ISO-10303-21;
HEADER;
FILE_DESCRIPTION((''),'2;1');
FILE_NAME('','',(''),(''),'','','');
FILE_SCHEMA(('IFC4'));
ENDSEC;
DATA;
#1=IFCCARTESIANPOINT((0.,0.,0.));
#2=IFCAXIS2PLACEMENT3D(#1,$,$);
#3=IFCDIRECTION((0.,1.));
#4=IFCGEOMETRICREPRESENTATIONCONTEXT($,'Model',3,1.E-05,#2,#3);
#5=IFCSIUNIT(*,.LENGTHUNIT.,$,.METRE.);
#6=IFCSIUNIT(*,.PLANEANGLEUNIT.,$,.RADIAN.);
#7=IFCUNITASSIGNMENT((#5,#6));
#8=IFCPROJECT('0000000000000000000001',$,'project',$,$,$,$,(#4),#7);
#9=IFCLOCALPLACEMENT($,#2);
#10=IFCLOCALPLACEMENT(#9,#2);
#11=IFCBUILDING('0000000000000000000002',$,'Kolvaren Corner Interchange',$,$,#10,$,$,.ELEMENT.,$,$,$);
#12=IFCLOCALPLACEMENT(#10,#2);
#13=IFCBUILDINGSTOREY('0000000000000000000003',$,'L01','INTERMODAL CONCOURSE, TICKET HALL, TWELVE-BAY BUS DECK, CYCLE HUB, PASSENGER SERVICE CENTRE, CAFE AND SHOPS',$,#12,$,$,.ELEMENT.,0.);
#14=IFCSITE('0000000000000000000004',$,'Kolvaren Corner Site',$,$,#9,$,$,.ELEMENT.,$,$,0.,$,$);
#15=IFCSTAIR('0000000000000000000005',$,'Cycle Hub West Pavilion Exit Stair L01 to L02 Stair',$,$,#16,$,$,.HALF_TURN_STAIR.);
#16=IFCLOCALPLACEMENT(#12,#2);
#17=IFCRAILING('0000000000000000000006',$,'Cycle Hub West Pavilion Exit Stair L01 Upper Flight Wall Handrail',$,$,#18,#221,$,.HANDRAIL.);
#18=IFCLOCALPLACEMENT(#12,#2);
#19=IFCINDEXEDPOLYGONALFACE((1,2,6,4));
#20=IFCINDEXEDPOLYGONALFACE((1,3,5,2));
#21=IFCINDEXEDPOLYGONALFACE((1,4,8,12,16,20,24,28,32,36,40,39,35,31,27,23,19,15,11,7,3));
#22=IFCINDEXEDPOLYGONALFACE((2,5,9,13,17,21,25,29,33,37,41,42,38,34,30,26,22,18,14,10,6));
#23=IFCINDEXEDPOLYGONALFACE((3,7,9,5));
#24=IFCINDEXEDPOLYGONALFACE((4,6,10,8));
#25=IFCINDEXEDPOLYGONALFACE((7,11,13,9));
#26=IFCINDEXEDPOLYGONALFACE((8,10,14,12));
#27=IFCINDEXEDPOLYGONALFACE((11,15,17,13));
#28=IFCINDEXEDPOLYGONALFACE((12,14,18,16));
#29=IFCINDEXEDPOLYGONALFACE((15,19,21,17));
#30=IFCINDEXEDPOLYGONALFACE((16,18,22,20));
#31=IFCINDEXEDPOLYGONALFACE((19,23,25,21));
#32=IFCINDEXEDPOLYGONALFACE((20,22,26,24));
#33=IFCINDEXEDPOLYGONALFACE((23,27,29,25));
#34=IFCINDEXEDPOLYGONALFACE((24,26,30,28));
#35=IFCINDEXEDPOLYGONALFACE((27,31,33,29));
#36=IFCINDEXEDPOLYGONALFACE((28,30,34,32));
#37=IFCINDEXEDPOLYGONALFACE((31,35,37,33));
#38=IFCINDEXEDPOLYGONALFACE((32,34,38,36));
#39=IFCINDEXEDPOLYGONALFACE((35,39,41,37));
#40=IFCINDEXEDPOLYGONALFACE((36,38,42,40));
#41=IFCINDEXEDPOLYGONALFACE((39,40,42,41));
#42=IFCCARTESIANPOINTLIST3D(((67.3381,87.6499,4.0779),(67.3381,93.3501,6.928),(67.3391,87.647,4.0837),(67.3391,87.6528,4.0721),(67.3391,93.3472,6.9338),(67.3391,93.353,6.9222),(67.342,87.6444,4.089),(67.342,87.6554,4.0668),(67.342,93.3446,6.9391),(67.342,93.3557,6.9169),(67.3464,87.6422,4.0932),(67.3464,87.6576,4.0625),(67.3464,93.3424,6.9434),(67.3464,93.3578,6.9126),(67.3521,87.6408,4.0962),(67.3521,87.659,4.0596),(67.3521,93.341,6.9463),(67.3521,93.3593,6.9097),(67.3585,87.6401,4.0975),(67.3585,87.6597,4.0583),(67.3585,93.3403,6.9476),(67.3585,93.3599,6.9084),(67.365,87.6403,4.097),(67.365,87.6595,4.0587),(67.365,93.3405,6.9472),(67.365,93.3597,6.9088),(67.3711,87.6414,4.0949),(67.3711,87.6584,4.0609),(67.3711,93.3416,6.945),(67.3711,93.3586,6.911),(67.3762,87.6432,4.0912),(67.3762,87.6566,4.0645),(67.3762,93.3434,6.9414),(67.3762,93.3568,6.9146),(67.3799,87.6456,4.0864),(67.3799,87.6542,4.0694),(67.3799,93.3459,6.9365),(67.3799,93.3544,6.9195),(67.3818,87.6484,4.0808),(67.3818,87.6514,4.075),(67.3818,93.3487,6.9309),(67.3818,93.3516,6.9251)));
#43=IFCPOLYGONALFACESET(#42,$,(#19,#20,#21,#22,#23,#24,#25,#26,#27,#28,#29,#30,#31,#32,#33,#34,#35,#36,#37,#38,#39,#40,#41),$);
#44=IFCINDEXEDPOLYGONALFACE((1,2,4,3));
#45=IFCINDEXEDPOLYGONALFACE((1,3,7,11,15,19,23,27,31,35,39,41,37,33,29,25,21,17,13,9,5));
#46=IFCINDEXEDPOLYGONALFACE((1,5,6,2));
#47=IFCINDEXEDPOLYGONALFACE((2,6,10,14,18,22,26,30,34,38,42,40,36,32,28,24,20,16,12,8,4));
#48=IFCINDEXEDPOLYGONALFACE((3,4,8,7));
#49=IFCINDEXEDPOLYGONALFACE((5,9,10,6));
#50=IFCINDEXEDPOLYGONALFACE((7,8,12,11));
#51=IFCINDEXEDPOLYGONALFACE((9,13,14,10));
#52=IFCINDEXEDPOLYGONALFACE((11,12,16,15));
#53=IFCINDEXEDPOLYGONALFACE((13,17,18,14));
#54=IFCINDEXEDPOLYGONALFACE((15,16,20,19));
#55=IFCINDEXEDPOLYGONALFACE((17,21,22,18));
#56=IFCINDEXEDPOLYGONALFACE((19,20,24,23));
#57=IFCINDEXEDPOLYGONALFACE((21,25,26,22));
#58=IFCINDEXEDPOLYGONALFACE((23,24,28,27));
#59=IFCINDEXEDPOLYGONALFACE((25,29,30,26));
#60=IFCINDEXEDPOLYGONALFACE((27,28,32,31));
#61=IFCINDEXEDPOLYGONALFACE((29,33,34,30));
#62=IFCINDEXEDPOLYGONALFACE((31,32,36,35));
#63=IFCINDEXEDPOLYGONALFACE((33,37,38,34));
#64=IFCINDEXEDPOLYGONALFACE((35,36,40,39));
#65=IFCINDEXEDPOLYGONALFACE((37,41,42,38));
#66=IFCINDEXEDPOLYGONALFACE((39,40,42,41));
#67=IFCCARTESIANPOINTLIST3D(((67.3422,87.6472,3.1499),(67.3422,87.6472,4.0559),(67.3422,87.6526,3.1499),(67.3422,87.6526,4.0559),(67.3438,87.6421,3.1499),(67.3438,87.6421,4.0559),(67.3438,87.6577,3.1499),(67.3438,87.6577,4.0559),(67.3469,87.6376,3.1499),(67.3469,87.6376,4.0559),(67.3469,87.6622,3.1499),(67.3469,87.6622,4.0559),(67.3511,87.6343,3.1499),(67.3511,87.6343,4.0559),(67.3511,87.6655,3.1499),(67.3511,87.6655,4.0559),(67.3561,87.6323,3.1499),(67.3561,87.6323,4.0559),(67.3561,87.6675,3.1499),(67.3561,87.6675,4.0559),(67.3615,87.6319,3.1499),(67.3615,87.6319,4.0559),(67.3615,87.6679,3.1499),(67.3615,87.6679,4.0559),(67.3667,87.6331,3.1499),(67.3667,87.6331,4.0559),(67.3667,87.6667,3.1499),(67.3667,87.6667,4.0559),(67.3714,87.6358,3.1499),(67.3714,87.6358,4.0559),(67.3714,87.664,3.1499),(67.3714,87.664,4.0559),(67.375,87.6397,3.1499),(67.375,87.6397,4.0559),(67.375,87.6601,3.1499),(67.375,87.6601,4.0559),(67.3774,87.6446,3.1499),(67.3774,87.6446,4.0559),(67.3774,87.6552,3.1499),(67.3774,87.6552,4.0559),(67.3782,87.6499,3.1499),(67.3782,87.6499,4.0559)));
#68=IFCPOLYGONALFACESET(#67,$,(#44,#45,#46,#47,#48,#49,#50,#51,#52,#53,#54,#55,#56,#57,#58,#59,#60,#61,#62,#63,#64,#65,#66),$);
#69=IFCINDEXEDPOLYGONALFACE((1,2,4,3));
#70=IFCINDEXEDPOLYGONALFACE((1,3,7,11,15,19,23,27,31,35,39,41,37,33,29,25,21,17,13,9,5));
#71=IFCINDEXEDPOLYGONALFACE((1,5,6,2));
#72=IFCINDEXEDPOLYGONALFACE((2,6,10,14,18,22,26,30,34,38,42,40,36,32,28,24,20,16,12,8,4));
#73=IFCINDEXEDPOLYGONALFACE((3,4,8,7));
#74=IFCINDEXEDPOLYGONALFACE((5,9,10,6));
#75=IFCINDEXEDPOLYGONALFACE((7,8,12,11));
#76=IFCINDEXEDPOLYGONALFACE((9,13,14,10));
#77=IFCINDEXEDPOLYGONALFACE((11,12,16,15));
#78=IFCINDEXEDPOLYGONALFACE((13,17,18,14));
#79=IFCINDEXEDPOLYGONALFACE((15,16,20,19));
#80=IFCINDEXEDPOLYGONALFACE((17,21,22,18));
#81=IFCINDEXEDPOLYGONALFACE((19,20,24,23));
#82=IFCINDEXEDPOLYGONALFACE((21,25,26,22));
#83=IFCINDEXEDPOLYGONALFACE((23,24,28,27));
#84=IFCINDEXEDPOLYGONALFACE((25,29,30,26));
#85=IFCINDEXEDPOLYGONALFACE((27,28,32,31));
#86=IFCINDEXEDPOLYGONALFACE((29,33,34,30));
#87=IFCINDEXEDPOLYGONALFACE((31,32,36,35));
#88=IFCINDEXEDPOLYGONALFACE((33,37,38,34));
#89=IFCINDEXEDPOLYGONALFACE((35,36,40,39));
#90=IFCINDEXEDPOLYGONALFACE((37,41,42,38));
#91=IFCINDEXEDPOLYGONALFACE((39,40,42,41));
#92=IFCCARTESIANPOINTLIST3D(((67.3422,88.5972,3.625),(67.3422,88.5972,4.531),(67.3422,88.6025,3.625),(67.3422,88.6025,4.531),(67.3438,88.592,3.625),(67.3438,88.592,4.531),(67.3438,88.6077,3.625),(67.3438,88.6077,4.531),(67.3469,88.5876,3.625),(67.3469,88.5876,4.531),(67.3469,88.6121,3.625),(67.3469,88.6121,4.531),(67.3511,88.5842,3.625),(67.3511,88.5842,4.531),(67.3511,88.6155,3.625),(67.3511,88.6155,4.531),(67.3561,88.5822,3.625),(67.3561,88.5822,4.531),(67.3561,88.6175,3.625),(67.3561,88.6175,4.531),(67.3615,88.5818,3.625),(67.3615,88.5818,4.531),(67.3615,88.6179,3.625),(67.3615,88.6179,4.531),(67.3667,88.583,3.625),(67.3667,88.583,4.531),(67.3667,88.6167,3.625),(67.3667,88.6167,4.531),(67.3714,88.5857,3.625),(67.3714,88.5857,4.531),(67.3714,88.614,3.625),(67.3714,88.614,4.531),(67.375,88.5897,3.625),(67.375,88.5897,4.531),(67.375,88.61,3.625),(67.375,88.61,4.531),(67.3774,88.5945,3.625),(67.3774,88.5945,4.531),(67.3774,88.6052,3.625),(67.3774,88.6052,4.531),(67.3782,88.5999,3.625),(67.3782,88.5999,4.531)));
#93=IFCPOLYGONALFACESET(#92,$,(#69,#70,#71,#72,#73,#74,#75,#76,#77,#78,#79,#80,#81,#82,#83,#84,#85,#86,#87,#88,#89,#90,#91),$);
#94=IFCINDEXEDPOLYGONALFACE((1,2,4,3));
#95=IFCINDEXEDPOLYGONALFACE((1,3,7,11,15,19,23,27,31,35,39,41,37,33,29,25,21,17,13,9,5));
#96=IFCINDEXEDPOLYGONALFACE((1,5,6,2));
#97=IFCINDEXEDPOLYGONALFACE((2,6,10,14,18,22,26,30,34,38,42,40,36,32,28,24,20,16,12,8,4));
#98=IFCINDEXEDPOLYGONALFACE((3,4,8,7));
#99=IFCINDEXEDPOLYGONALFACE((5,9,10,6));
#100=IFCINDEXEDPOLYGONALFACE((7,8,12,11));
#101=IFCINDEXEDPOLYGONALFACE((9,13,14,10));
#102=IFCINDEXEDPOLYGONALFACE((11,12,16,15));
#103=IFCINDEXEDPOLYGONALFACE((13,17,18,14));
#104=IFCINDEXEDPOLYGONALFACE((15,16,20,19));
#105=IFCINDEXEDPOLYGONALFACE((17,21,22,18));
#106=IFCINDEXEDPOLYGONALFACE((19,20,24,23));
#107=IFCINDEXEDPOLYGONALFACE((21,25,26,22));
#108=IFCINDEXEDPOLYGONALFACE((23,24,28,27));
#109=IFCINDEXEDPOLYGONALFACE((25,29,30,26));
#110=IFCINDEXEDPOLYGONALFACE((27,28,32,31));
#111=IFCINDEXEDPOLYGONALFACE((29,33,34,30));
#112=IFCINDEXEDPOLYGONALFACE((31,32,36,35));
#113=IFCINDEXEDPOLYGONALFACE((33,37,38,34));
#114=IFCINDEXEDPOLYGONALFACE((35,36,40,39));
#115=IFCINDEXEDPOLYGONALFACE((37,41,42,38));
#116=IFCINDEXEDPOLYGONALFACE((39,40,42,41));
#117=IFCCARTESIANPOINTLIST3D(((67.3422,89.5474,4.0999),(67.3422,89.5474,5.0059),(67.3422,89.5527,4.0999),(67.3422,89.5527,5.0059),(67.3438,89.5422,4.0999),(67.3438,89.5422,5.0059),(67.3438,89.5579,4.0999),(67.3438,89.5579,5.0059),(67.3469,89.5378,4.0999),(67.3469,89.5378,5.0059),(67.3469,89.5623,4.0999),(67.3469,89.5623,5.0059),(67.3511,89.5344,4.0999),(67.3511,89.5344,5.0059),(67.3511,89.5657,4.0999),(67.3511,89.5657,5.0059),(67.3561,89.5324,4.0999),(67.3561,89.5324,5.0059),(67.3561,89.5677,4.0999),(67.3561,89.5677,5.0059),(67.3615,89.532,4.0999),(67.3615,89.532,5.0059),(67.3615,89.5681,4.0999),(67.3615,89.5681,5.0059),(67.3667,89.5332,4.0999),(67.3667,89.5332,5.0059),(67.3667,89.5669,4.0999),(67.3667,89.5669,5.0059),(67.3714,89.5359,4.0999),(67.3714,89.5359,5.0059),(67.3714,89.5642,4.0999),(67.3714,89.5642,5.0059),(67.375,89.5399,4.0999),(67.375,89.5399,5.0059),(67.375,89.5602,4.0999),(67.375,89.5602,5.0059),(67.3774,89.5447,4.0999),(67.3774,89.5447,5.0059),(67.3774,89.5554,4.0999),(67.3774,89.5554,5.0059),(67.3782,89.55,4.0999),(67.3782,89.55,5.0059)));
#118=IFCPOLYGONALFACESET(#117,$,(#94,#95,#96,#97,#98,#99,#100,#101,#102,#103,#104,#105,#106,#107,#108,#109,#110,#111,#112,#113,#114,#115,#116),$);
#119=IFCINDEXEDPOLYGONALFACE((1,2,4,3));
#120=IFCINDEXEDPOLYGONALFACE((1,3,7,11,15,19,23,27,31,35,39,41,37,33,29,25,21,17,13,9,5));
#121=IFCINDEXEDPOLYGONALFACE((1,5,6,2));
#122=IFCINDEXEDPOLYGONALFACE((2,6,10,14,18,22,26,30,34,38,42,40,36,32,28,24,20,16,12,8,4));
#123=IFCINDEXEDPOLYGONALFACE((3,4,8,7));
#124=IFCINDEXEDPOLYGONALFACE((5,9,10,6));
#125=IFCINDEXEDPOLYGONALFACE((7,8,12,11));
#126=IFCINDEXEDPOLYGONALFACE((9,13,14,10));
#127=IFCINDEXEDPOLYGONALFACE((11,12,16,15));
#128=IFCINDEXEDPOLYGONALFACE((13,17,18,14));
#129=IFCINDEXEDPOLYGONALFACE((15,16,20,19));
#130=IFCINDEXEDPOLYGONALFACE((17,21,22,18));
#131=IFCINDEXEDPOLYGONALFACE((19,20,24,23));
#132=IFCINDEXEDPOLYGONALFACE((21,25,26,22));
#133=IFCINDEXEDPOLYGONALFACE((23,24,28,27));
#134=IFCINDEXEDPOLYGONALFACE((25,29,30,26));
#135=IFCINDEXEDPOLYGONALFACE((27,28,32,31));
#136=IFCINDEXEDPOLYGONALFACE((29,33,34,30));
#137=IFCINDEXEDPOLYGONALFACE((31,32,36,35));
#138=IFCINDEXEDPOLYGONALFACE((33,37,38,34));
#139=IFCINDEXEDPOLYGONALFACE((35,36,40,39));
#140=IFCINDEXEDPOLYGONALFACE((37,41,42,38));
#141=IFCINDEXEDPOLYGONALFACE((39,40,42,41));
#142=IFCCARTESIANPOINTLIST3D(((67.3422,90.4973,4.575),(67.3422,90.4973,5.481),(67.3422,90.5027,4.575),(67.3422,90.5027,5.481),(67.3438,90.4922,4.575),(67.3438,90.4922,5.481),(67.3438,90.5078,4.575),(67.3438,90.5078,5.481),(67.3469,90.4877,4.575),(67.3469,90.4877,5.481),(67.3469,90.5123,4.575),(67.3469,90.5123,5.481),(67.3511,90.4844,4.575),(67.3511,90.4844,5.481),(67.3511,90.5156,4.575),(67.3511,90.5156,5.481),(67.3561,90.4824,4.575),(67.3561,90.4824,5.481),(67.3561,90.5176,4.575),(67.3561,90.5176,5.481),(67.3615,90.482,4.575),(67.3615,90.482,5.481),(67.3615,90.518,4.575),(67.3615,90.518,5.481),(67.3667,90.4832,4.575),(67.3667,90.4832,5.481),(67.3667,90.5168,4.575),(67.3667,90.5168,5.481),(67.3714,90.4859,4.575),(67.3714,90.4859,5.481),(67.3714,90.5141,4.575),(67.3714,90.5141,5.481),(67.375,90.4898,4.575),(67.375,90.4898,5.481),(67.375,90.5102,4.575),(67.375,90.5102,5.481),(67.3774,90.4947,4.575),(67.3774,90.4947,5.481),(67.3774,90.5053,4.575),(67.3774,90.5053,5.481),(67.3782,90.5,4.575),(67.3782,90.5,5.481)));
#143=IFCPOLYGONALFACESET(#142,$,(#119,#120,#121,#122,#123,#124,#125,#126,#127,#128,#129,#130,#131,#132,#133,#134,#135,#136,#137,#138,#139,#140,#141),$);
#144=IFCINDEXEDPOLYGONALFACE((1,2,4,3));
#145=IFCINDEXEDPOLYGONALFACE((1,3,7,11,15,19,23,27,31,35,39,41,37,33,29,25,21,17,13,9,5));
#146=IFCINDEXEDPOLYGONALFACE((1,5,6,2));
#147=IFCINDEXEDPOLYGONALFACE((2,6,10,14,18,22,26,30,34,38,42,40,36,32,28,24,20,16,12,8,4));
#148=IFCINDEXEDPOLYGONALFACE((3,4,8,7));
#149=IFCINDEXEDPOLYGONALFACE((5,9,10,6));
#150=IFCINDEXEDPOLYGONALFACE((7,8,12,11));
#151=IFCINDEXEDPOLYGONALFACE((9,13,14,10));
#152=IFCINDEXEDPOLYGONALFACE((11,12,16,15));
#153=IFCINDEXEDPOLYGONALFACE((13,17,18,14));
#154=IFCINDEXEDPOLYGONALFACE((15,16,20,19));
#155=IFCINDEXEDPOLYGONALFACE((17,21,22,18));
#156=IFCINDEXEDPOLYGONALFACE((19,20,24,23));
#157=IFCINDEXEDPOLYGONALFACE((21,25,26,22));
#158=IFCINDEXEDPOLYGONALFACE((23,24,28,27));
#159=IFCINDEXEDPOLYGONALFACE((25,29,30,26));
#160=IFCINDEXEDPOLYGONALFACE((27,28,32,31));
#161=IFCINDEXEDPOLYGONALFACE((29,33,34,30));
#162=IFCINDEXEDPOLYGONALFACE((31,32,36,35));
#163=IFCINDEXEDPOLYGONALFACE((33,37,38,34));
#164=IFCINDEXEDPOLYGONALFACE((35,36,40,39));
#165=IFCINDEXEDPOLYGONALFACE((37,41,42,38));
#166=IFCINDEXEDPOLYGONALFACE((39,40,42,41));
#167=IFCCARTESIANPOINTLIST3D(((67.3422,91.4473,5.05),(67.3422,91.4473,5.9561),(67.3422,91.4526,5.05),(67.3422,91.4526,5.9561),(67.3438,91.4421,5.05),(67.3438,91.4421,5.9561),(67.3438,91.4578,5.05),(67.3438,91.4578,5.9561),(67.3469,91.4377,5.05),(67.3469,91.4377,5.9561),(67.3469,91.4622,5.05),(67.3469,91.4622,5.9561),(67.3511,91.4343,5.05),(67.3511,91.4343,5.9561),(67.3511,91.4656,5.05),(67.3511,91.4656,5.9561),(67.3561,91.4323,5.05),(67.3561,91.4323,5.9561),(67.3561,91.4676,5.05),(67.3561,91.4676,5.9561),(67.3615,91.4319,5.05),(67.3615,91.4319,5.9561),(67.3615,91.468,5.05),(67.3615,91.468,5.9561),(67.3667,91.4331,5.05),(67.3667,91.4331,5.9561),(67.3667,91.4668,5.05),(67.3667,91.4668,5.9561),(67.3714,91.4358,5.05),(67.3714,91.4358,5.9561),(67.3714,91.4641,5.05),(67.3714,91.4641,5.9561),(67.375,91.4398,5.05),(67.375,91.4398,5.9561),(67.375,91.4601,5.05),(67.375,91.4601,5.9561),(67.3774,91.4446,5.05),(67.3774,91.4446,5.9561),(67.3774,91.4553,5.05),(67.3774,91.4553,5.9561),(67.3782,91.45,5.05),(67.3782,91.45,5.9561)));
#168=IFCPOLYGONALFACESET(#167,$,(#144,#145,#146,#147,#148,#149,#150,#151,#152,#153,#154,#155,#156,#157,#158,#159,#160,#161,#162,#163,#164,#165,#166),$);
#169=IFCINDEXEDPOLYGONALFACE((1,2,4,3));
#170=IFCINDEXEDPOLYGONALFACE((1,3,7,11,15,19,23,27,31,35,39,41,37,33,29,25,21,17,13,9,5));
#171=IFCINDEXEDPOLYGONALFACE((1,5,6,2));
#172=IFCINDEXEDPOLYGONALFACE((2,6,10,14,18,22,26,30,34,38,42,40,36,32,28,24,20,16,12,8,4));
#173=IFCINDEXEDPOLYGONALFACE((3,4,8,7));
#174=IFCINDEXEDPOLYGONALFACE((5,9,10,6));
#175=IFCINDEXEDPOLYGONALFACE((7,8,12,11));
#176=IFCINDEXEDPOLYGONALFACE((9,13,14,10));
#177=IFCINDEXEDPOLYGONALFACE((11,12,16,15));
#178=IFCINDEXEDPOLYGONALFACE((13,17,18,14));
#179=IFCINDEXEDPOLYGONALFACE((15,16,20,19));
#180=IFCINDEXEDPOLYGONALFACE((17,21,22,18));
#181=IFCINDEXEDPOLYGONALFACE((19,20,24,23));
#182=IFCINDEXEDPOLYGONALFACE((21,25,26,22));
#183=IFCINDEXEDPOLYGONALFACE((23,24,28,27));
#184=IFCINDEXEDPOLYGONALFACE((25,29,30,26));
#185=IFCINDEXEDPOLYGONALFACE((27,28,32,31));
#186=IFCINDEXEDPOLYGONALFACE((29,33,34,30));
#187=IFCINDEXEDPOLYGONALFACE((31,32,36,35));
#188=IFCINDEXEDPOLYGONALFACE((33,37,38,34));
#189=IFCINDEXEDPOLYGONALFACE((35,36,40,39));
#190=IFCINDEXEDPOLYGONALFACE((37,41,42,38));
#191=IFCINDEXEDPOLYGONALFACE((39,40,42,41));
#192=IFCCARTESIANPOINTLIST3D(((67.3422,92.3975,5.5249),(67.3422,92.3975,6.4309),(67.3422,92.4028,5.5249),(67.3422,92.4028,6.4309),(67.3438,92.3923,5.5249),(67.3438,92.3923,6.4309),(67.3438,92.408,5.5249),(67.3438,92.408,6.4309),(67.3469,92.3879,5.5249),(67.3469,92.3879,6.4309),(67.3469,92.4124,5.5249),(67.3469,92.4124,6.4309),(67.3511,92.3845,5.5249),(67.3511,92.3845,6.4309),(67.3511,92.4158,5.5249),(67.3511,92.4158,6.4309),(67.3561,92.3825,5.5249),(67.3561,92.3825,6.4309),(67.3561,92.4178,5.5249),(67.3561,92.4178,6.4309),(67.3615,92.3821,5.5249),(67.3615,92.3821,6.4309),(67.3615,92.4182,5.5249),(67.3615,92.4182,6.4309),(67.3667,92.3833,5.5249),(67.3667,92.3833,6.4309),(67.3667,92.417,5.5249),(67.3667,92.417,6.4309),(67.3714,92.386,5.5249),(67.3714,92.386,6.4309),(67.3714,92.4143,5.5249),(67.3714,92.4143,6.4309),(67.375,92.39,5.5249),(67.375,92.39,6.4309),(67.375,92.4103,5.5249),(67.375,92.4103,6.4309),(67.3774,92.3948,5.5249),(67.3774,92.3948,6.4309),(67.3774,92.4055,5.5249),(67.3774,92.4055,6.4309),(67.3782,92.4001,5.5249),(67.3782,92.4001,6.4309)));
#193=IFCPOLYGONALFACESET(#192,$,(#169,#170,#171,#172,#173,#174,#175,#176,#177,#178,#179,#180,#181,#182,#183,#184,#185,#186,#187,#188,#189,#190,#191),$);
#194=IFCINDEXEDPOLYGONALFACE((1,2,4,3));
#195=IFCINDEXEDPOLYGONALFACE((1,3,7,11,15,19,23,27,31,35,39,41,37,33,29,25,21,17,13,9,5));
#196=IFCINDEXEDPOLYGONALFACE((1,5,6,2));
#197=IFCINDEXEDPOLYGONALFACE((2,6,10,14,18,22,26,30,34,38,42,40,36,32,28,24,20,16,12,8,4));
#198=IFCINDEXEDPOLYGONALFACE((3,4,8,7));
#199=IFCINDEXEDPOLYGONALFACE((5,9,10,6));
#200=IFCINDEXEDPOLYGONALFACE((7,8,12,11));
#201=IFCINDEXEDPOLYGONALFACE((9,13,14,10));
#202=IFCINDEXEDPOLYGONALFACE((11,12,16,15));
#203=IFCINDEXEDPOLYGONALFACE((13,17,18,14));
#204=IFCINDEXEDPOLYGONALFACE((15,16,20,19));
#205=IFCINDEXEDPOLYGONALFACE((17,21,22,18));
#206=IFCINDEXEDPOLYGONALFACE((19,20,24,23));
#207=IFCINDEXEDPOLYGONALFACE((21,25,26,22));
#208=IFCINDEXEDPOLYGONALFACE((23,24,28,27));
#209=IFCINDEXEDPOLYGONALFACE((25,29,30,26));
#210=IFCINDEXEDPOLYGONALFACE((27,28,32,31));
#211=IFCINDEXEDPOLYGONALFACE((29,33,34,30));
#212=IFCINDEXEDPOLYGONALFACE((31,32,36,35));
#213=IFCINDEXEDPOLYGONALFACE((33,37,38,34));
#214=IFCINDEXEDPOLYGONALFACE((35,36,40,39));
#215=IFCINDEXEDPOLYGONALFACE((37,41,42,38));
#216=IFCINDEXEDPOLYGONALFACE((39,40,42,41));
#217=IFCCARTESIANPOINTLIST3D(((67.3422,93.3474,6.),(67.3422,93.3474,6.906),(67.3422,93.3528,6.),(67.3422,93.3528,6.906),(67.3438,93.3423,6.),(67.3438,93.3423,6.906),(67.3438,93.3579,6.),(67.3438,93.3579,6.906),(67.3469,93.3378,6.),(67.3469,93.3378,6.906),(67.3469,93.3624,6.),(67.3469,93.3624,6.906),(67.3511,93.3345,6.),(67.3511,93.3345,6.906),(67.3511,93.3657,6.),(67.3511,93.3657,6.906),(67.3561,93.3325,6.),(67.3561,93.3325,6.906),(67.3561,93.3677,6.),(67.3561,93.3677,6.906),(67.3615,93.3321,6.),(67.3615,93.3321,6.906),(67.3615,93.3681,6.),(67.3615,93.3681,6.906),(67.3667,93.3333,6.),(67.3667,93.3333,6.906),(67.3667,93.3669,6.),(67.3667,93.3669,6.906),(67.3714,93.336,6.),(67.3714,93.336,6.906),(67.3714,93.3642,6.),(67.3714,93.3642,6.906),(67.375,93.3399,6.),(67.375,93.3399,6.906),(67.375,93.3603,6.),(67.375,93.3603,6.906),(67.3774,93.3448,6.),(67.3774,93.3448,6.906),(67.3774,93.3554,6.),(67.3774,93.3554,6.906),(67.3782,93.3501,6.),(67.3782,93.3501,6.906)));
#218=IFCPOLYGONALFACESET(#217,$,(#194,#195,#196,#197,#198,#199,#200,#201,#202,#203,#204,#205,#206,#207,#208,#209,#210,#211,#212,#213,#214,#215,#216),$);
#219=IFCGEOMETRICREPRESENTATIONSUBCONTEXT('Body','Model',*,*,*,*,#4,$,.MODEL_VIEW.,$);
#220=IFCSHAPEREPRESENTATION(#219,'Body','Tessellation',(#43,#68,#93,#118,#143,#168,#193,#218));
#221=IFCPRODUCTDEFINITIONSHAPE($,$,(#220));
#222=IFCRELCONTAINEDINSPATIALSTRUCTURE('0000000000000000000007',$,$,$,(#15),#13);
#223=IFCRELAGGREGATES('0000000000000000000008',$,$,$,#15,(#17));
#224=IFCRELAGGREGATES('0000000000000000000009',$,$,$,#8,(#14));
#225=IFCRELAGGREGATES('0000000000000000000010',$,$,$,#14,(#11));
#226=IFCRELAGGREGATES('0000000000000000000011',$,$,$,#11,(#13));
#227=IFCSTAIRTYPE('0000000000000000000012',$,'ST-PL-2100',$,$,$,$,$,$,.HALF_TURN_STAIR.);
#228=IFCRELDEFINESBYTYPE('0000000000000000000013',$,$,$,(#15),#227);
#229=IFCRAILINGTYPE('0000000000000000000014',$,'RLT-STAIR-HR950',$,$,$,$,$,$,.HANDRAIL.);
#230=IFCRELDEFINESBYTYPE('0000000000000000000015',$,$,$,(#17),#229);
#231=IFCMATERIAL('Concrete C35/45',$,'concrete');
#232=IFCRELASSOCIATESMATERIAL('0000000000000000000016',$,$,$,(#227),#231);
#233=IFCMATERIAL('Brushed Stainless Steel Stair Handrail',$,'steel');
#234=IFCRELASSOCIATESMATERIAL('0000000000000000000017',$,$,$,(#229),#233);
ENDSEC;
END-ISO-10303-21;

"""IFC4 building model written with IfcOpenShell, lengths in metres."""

from ifc_helpers import new_model, si_unit, direction, frame, origin, origin_2d, place, context, subcontext, project, spatial, circle, extrude, material, type_object, element, aggregate, save


model = new_model("IFC4")

# Units and contexts
model_context = context("Model", 3, precision=1e-05, world=origin(), true_north=direction((0.0, 1.0)))
body_context = subcontext(model_context, "Body", "Model", "MODEL_VIEW")
ifc_project = project(units=[si_unit("LENGTHUNIT", "METRE"), si_unit("PLANEANGLEUNIT", "RADIAN")], contexts=[model_context])

# Site, building, storey
site_placement = place(None, origin())
site = spatial("IfcSite", under=ifc_project, at=site_placement, Name="Kolvaren Corner Site", CompositionType="ELEMENT", RefElevation=0.0)
building_placement = place(site_placement, origin())
building = spatial("IfcBuilding", under=site, at=building_placement, Name="Kolvaren Corner Interchange", CompositionType="ELEMENT")
storey_placement = place(building_placement, origin())
storey = spatial("IfcBuildingStorey", under=building, at=storey_placement, Name="L01", Description="INTERMODAL CONCOURSE, TICKET HALL, TWELVE-BAY BUS DECK, CYCLE HUB, PASSENGER SERVICE CENTRE, CAFE AND SHOPS", CompositionType="ELEMENT", Elevation=0.0)

# Stair, railing
ifc_material_1 = material(Name="Concrete C35/45", Category="concrete")
stair_type = type_object("IfcStairType", Name="ST-PL-2100", PredefinedType="HALF_TURN_STAIR", material=ifc_material_1)
stair_placement = place(storey_placement, origin())
stair = element("IfcStair", 1, at=stair_placement, inside=storey, type_object=stair_type, Name="Cycle Hub West Pavilion Exit Stair L01 to L02 Stair", PredefinedType="HALF_TURN_STAIR")
ifc_material_2 = material(Name="Brushed Stainless Steel Stair Handrail", Category="steel")
railing_type = type_object("IfcRailingType", Name="RLT-STAIR-HR950", PredefinedType="HANDRAIL", material=ifc_material_2)
railing_placement = place(storey_placement, frame((67.3601, 87.6499, 3.1499)))
railing = element("IfcRailing", 2, at=railing_placement, type_object=railing_type, Name="Cycle Hub West Pavilion Exit Stair L01 Upper Flight Wall Handrail", PredefinedType="HANDRAIL", context=body_context, shape_type="SweptSolid", body=[
    extrude(circle(Radius=0.022, at=origin_2d()), frame((0.0, 0.0, 0.928), z_axis=(0.0, 0.894427, 0.447214), x_axis=(-1.0, 0.0, 0.0)), (0.0, 0.0, 1.0), 6.373),
    extrude(circle(Radius=0.0181, at=origin_2d()), origin(), (0.0, 0.0, 1.0), 0.906),
    extrude(circle(Radius=0.0181, at=origin_2d()), frame((0.0, 0.95, 0.4751)), (0.0, 0.0, 1.0), 0.906),
    extrude(circle(Radius=0.0181, at=origin_2d()), frame((0.0, 1.9001, 0.95)), (0.0, 0.0, 1.0), 0.906),
    extrude(circle(Radius=0.0181, at=origin_2d()), frame((0.0, 2.8501, 1.425)), (0.0, 0.0, 1.0), 0.906),
    extrude(circle(Radius=0.0181, at=origin_2d()), frame((0.0, 3.8, 1.9001)), (0.0, 0.0, 1.0), 0.906),
    extrude(circle(Radius=0.0181, at=origin_2d()), frame((0.0, 4.7502, 2.375)), (0.0, 0.0, 1.0), 0.906),
    extrude(circle(Radius=0.0181, at=origin_2d()), frame((0.0, 5.7002, 2.8501)), (0.0, 0.0, 1.0), 0.906),
])
aggregate(stair, [railing])

save(model, "model.ifc")
